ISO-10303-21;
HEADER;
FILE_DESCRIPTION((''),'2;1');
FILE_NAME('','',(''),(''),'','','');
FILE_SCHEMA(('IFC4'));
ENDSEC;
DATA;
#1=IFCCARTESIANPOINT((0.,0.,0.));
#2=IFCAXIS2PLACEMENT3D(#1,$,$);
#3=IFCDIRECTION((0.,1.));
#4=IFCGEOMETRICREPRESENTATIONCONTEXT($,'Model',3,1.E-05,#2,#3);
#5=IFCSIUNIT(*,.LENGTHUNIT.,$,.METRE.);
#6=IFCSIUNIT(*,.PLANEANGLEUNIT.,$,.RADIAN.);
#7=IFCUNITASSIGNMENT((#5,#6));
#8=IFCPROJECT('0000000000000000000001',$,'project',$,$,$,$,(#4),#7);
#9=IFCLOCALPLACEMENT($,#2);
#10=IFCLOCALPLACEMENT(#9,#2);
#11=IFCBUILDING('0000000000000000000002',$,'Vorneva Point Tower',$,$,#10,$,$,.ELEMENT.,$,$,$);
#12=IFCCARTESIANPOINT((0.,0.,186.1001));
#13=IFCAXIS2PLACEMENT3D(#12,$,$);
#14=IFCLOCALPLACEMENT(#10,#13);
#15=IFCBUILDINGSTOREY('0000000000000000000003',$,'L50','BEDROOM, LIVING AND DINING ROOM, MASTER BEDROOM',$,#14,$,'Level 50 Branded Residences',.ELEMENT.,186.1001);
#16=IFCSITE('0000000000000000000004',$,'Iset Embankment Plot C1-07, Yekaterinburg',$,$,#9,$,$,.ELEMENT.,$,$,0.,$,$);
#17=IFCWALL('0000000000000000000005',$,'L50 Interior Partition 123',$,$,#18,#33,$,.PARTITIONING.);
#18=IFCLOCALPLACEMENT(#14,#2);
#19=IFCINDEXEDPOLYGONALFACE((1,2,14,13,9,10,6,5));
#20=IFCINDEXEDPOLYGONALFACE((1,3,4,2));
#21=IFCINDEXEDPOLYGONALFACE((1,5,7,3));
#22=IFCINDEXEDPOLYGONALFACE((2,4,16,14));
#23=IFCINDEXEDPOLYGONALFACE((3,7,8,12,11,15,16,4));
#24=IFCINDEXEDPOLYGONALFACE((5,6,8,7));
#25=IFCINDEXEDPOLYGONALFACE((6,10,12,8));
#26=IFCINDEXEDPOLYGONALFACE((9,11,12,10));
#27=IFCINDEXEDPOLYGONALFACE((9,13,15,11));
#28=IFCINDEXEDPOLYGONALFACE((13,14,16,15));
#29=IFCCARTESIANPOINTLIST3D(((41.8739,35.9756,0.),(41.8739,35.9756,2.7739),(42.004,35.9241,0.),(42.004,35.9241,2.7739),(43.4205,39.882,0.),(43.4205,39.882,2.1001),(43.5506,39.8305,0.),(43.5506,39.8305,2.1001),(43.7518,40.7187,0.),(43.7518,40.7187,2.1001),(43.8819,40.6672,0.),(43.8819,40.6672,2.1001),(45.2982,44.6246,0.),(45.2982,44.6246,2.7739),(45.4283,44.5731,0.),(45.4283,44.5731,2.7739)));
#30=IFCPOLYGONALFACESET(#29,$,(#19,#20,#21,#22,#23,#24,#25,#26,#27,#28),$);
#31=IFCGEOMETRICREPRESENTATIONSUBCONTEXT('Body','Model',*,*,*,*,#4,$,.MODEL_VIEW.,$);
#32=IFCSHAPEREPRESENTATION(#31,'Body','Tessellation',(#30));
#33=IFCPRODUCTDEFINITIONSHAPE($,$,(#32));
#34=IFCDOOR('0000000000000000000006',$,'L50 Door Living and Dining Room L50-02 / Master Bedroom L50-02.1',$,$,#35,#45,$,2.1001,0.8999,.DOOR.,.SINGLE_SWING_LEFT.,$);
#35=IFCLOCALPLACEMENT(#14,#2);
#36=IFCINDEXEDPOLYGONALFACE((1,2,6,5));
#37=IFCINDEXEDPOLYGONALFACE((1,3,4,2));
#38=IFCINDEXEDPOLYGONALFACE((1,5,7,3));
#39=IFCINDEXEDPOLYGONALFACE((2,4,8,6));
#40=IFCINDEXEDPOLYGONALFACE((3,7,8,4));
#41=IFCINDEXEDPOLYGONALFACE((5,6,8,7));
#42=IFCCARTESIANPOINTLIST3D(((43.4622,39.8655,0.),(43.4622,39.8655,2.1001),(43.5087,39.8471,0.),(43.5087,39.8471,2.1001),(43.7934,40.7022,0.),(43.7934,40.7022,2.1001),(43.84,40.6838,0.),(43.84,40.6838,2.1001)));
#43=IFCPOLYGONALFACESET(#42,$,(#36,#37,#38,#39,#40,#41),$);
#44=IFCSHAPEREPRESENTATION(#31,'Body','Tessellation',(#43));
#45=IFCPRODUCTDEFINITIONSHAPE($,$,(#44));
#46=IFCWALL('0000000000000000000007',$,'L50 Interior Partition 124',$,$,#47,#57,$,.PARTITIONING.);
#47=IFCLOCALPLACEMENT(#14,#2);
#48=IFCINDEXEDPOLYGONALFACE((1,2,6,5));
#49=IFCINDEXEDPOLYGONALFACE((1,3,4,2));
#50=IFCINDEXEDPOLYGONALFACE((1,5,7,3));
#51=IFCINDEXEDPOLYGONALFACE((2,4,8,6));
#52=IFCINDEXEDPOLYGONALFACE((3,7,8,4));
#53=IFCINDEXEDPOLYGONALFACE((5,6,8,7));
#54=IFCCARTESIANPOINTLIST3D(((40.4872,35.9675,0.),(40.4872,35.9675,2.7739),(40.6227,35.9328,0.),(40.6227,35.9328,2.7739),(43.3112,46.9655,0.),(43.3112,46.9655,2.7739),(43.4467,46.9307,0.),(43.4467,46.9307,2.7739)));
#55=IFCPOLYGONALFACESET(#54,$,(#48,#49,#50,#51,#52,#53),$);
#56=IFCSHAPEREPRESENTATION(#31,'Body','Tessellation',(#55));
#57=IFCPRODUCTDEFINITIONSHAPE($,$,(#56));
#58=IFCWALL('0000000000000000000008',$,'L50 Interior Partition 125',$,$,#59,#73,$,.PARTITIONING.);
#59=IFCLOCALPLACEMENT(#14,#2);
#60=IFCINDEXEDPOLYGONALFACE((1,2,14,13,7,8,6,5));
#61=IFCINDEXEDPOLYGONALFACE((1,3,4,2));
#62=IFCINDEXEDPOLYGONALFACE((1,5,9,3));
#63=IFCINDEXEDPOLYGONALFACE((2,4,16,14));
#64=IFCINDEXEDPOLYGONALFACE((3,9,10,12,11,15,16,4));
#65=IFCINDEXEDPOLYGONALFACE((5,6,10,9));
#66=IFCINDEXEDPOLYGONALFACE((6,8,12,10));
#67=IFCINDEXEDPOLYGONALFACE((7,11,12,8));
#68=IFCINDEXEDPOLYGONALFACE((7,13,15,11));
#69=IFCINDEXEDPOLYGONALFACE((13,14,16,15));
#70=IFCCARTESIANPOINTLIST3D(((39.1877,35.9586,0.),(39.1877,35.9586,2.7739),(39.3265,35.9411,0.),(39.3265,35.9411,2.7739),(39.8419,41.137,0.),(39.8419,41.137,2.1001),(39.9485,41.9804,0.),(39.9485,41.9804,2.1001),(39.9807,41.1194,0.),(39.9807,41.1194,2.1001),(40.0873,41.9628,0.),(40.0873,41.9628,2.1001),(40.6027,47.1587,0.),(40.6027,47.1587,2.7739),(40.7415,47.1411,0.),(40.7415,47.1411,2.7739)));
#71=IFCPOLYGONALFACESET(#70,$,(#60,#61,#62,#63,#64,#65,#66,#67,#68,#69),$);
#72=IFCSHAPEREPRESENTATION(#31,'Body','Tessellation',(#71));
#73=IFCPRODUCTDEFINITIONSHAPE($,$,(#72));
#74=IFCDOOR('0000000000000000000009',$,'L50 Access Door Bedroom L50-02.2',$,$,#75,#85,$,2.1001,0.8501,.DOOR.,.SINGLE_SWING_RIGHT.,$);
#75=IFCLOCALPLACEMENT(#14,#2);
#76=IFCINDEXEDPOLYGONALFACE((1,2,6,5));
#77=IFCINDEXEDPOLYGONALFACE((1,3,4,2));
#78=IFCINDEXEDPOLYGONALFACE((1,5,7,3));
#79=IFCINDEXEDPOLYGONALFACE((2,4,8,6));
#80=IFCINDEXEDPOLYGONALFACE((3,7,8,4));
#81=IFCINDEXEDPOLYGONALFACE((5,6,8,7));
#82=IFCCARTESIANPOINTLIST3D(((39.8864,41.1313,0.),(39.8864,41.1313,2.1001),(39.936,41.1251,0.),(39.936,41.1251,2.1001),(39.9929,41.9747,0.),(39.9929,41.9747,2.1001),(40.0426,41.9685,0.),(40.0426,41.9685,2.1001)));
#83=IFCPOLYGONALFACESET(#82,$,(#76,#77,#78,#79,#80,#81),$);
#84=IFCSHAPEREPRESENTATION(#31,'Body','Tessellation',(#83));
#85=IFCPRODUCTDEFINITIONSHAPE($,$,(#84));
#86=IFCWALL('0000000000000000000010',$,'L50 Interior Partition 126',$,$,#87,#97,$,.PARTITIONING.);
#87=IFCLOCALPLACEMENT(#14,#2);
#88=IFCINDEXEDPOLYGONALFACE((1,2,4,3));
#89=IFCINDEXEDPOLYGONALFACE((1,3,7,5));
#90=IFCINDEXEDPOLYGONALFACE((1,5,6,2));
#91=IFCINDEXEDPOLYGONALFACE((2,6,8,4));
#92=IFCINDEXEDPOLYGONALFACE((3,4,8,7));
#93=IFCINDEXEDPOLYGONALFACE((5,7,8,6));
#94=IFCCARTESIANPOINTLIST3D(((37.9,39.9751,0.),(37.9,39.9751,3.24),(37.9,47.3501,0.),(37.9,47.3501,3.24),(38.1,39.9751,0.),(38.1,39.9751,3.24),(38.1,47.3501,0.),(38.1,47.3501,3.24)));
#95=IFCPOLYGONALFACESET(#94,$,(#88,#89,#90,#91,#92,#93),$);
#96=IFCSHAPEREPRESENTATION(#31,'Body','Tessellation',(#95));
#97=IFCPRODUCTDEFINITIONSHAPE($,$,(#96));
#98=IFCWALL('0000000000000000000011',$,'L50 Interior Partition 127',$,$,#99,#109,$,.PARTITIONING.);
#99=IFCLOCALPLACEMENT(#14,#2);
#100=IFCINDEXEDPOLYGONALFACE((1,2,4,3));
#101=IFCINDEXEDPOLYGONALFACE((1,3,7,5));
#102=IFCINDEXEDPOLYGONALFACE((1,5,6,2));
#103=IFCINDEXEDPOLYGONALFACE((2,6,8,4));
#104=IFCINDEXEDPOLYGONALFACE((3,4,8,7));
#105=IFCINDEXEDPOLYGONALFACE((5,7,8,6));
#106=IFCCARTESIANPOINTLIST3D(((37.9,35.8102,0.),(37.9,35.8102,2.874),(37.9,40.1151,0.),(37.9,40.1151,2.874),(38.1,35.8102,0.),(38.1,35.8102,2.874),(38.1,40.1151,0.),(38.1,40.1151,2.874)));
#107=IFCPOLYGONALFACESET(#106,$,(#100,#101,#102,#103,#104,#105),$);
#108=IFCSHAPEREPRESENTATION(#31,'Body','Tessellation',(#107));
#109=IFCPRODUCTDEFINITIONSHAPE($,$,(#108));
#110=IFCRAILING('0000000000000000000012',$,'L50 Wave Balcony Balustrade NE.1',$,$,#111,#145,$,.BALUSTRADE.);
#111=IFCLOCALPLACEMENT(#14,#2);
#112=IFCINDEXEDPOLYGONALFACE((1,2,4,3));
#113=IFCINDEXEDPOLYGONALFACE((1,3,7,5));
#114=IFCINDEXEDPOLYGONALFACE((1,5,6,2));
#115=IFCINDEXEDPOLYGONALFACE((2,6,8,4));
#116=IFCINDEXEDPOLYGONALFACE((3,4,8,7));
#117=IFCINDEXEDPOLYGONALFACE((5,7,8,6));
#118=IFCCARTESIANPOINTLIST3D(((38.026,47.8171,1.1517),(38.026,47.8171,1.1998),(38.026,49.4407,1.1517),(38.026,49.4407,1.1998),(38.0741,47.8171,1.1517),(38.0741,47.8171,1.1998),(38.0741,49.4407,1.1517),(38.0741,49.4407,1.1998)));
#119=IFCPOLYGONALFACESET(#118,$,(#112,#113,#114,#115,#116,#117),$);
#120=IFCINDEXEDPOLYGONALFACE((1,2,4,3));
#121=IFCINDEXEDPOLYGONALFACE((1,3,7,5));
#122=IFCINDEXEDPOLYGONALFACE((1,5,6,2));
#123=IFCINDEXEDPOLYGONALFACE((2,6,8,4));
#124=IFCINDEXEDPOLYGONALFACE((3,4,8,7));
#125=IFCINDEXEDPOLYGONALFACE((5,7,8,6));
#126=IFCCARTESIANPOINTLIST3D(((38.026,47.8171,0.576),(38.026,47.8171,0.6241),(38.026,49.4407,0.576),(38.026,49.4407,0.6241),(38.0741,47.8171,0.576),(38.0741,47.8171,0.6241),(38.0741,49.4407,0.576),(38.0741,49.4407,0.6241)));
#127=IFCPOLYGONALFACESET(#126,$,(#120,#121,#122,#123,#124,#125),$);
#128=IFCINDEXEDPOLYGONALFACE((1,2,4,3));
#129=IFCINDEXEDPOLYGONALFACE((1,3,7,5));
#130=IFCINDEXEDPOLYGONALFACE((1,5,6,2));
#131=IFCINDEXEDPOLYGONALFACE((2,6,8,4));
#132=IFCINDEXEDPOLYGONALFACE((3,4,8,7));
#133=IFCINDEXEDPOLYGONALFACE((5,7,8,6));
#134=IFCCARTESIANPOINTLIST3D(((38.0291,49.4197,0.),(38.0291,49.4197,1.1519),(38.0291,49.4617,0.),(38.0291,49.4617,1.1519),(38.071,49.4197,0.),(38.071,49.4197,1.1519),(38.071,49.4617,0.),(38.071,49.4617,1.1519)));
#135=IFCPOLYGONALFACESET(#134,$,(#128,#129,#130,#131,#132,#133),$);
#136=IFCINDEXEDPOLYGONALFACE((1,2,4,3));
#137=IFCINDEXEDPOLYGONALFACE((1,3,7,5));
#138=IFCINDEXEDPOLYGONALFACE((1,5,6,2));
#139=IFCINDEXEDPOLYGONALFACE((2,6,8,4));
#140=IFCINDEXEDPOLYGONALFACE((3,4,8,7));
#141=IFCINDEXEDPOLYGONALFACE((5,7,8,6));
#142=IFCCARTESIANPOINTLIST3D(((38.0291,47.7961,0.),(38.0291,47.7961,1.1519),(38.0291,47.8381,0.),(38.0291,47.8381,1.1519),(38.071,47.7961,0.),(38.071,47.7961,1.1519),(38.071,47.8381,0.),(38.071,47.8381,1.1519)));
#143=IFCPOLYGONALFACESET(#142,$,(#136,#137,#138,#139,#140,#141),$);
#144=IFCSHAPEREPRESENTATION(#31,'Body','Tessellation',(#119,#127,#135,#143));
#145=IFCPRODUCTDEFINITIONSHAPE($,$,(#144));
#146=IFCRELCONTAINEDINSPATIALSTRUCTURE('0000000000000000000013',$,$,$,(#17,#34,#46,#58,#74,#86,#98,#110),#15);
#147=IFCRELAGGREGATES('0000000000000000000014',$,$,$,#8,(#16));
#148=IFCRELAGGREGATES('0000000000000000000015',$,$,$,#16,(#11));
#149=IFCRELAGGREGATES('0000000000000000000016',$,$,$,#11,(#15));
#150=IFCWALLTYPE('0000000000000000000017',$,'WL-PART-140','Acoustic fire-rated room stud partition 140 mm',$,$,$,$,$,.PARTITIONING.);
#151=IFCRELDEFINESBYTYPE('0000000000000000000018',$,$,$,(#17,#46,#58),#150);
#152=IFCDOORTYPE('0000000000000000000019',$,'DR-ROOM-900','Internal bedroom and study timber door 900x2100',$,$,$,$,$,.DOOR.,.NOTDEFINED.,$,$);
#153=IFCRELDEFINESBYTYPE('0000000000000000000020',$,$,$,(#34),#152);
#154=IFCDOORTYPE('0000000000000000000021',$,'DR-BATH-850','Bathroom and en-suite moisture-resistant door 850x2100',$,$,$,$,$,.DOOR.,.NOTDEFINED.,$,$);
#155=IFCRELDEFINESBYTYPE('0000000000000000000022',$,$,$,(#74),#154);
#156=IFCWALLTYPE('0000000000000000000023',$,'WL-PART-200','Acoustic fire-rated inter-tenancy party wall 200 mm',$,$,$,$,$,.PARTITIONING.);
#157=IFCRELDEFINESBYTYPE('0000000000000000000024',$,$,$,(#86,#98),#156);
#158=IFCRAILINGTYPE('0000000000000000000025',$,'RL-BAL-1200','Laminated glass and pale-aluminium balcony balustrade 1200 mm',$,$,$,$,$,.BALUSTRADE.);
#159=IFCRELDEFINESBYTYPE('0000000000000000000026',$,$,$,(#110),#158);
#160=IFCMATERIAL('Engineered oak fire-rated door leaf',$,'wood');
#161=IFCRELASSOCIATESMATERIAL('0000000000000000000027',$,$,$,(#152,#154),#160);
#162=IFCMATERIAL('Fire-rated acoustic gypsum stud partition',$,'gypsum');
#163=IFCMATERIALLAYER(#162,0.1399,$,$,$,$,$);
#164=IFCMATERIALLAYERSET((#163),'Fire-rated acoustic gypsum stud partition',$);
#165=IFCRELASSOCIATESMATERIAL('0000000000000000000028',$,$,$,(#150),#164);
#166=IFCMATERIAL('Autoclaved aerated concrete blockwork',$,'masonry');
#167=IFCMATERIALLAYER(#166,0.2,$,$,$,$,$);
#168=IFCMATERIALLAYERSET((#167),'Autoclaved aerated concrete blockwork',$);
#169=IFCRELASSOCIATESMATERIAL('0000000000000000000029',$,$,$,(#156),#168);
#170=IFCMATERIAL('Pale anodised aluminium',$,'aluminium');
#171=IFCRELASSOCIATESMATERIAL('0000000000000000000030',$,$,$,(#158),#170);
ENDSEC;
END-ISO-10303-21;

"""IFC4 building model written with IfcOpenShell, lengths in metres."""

from ifc_helpers import new_model, si_unit, direction, frame, frame_2d, origin, origin_2d, place, context, subcontext, project, spatial, rectangle, extrude, material, layer, layer_set, type_object, element, fill, save


model = new_model("IFC4")

# Units and contexts
model_context = context("Model", 3, precision=1e-05, world=origin(), true_north=direction((0.0, 1.0)))
body_context = subcontext(model_context, "Body", "Model", "MODEL_VIEW")
ifc_project = project(units=[si_unit("LENGTHUNIT", "METRE"), si_unit("PLANEANGLEUNIT", "RADIAN")], contexts=[model_context])

# Site, building, storey
site_placement = place(None, origin())
site = spatial("IfcSite", under=ifc_project, at=site_placement, Name="Iset Embankment Plot C1-07, Yekaterinburg", CompositionType="ELEMENT", RefElevation=0.0)
building_placement = place(site_placement, origin())
building = spatial("IfcBuilding", under=site, at=building_placement, Name="Vorneva Point Tower", CompositionType="ELEMENT")
storey_placement = place(building_placement, frame((0.0, 0.0, 186.1001)))
storey = spatial("IfcBuildingStorey", under=building, at=storey_placement, Name="L50", Description="BEDROOM, LIVING AND DINING ROOM, MASTER BEDROOM", LongName="Level 50 Branded Residences", CompositionType="ELEMENT", Elevation=186.1001)

# Shared definitions
ifc_material_1 = material(Name="Pale anodised aluminium", Category="aluminium")

# Shared definitions
ifc_material_2 = material(Name="Fire-rated acoustic gypsum stud partition", Category="gypsum")

# Shared definitions
ifc_material_3 = material(Name="Engineered oak fire-rated door leaf", Category="wood")
door_type_1 = type_object("IfcDoorType", Name="DR-ROOM-900", Description="Internal bedroom and study timber door 900x2100", OperationType="NOTDEFINED", PredefinedType="DOOR", material=ifc_material_3)

# Wall, opening, door
ifc_layer_1 = layer(ifc_material_2, 0.1399)
ifc_layer_set_1 = layer_set([ifc_layer_1], Name="Fire-rated acoustic gypsum stud partition")
wall_type_1 = type_object("IfcWallType", Name="WL-PART-140", Description="Acoustic fire-rated room stud partition 140 mm", PredefinedType="PARTITIONING", material=ifc_layer_set_1)
wall_1_placement = place(storey_placement, frame((45.3633, 44.5989, 0.0), z_axis=(0.0, 0.0, 1.0), x_axis=(-0.368121, -0.929778, 0.0)))
wall_1 = element("IfcWall", 1, at=wall_1_placement, inside=storey, type_object=wall_type_1, Name="L50 Interior Partition 123", PredefinedType="PARTITIONING", context=body_context, shape_type="SweptSolid", body=[
    extrude(rectangle(XDim=9.3022, YDim=0.1399, at=frame_2d((4.6511, 0.0))), origin(), (0.0, 0.0, 1.0), 2.7739),
])
opening_1_placement = place(wall_1_placement, frame((4.2009, 0.0, 0.0)))
opening_1 = element("IfcOpeningElement", 2, at=opening_1_placement, cuts=wall_1, PredefinedType="OPENING", context=body_context, shape_type="SweptSolid", body=[
    extrude(rectangle(XDim=0.8999, YDim=2.1001, at=frame_2d((0.45, 1.05))), frame((0.0, 0.085, 0.0), z_axis=(0.0, -1.0, 0.0), x_axis=(1.0, 0.0, 0.0)), (0.0, 0.0, 1.0), 0.1697),
])
door_1_placement = place(opening_1_placement, origin())
door_1 = element("IfcDoor", 3, at=door_1_placement, inside=storey, type_object=door_type_1, Name="L50 Door Living and Dining Room L50-02 / Master Bedroom L50-02.1", OperationType="SINGLE_SWING_LEFT", OverallHeight=2.1001, OverallWidth=0.8999, PredefinedType="DOOR", context=body_context, shape_type="SweptSolid", body=[
    extrude(rectangle(XDim=0.8999, YDim=2.1001, at=frame_2d((0.45, 1.05))), frame((0.0, 0.0249, 0.0), z_axis=(0.0, -1.0, 0.0), x_axis=(1.0, 0.0, 0.0)), (0.0, 0.0, 1.0), 0.05),
])
fill(opening_1, door_1)

# Wall
wall_2_placement = place(storey_placement, frame((43.3789, 46.948, 0.0), z_axis=(0.0, 0.0, 1.0), x_axis=(-0.248703, -0.96858, 0.0)))
element("IfcWall", 4, at=wall_2_placement, inside=storey, type_object=wall_type_1, Name="L50 Interior Partition 124", PredefinedType="PARTITIONING", context=body_context, shape_type="SweptSolid", body=[
    extrude(rectangle(XDim=11.3547, YDim=0.1399, at=frame_2d((5.6772, 0.0))), origin(), (0.0, 0.0, 1.0), 2.7739),
])

# Wall, opening, door
wall_3_placement = place(storey_placement, frame((40.6721, 47.1499, 0.0), z_axis=(0.0, 0.0, 1.0), x_axis=(-0.125347, -0.992113, 0.0)))
wall_3 = element("IfcWall", 5, at=wall_3_placement, inside=storey, type_object=wall_type_1, Name="L50 Interior Partition 125", PredefinedType="PARTITIONING", context=body_context, shape_type="SweptSolid", body=[
    extrude(rectangle(XDim=11.2891, YDim=0.1399, at=frame_2d((5.6445, 0.0))), origin(), (0.0, 0.0, 1.0), 2.7739),
])
opening_2_placement = place(wall_3_placement, frame((5.2195, 0.0, 0.0)))
opening_2 = element("IfcOpeningElement", 6, at=opening_2_placement, cuts=wall_3, PredefinedType="OPENING", context=body_context, shape_type="SweptSolid", body=[
    extrude(rectangle(XDim=0.8501, YDim=2.1001, at=frame_2d((0.425, 1.05))), frame((0.0, 0.085, 0.0), z_axis=(0.0, -1.0, 0.0), x_axis=(1.0, 0.0, 0.0)), (0.0, 0.0, 1.0), 0.1697),
])
door_type_2 = type_object("IfcDoorType", Name="DR-BATH-850", Description="Bathroom and en-suite moisture-resistant door 850x2100", OperationType="NOTDEFINED", PredefinedType="DOOR", material=ifc_material_3)
door_2_placement = place(opening_2_placement, origin())
door_2 = element("IfcDoor", 7, at=door_2_placement, inside=storey, type_object=door_type_2, Name="L50 Access Door Bedroom L50-02.2", OperationType="SINGLE_SWING_RIGHT", OverallHeight=2.1001, OverallWidth=0.8501, PredefinedType="DOOR", context=body_context, shape_type="SweptSolid", body=[
    extrude(rectangle(XDim=0.8501, YDim=2.1001, at=frame_2d((0.425, 1.05))), frame((0.0, 0.0249, 0.0), z_axis=(0.0, -1.0, 0.0), x_axis=(1.0, 0.0, 0.0)), (0.0, 0.0, 1.0), 0.05),
])
fill(opening_2, door_2)

# Walls
ifc_material_4 = material(Name="Autoclaved aerated concrete blockwork", Category="masonry")
ifc_layer_2 = layer(ifc_material_4, 0.2)
ifc_layer_set_2 = layer_set([ifc_layer_2], Name="Autoclaved aerated concrete blockwork")
wall_type_2 = type_object("IfcWallType", Name="WL-PART-200", Description="Acoustic fire-rated inter-tenancy party wall 200 mm", PredefinedType="PARTITIONING", material=ifc_layer_set_2)
wall_4_placement = place(storey_placement, frame((38.0, 47.3501, 0.0), z_axis=(0.0, 0.0, 1.0), x_axis=(0.0, -1.0, 0.0)))
element("IfcWall", 8, at=wall_4_placement, inside=storey, type_object=wall_type_2, Name="L50 Interior Partition 126", PredefinedType="PARTITIONING", context=body_context, shape_type="SweptSolid", body=[
    extrude(rectangle(XDim=7.375, YDim=0.2, at=frame_2d((3.6875, 0.0))), origin(), (0.0, 0.0, 1.0), 3.24),
])
wall_5_placement = place(storey_placement, frame((38.0, 40.115, 0.0), z_axis=(0.0, 0.0, 1.0), x_axis=(0.0, -1.0, 0.0)))
element("IfcWall", 9, at=wall_5_placement, inside=storey, type_object=wall_type_2, Name="L50 Interior Partition 127", PredefinedType="PARTITIONING", context=body_context, shape_type="SweptSolid", body=[
    extrude(rectangle(XDim=4.3049, YDim=0.2, at=frame_2d((2.1523, 0.0))), origin(), (0.0, 0.0, 1.0), 2.874),
])

# Railing
railing_type = type_object("IfcRailingType", Name="RL-BAL-1200", Description="Laminated glass and pale-aluminium balcony balustrade 1200 mm", PredefinedType="BALUSTRADE", material=ifc_material_1)
railing_placement = place(storey_placement, frame((38.05, 49.4407, 0.0)))
element("IfcRailing", 10, at=railing_placement, inside=storey, type_object=railing_type, Name="L50 Wave Balcony Balustrade NE.1", PredefinedType="BALUSTRADE", context=body_context, shape_type="SweptSolid", body=[
    extrude(rectangle(XDim=0.0481, YDim=0.0481, at=origin_2d()), frame((0.0, 0.0, 1.1758), z_axis=(0.0, -1.0, 0.0), x_axis=(1.0, 0.0, 0.0)), (0.0, 0.0, 1.0), 1.6235),
    extrude(rectangle(XDim=0.0481, YDim=0.0481, at=origin_2d()), frame((0.0, 0.0, 0.6001), z_axis=(0.0, -1.0, 0.0), x_axis=(1.0, 0.0, 0.0)), (0.0, 0.0, 1.0), 1.6235),
    extrude(rectangle(XDim=0.042, YDim=0.042, at=origin_2d()), origin(), (0.0, 0.0, 1.0), 1.1519),
    extrude(rectangle(XDim=0.042, YDim=0.042, at=origin_2d()), frame((0.0, -1.6235, 0.0)), (0.0, 0.0, 1.0), 1.1519),
])

save(model, "model.ifc")
